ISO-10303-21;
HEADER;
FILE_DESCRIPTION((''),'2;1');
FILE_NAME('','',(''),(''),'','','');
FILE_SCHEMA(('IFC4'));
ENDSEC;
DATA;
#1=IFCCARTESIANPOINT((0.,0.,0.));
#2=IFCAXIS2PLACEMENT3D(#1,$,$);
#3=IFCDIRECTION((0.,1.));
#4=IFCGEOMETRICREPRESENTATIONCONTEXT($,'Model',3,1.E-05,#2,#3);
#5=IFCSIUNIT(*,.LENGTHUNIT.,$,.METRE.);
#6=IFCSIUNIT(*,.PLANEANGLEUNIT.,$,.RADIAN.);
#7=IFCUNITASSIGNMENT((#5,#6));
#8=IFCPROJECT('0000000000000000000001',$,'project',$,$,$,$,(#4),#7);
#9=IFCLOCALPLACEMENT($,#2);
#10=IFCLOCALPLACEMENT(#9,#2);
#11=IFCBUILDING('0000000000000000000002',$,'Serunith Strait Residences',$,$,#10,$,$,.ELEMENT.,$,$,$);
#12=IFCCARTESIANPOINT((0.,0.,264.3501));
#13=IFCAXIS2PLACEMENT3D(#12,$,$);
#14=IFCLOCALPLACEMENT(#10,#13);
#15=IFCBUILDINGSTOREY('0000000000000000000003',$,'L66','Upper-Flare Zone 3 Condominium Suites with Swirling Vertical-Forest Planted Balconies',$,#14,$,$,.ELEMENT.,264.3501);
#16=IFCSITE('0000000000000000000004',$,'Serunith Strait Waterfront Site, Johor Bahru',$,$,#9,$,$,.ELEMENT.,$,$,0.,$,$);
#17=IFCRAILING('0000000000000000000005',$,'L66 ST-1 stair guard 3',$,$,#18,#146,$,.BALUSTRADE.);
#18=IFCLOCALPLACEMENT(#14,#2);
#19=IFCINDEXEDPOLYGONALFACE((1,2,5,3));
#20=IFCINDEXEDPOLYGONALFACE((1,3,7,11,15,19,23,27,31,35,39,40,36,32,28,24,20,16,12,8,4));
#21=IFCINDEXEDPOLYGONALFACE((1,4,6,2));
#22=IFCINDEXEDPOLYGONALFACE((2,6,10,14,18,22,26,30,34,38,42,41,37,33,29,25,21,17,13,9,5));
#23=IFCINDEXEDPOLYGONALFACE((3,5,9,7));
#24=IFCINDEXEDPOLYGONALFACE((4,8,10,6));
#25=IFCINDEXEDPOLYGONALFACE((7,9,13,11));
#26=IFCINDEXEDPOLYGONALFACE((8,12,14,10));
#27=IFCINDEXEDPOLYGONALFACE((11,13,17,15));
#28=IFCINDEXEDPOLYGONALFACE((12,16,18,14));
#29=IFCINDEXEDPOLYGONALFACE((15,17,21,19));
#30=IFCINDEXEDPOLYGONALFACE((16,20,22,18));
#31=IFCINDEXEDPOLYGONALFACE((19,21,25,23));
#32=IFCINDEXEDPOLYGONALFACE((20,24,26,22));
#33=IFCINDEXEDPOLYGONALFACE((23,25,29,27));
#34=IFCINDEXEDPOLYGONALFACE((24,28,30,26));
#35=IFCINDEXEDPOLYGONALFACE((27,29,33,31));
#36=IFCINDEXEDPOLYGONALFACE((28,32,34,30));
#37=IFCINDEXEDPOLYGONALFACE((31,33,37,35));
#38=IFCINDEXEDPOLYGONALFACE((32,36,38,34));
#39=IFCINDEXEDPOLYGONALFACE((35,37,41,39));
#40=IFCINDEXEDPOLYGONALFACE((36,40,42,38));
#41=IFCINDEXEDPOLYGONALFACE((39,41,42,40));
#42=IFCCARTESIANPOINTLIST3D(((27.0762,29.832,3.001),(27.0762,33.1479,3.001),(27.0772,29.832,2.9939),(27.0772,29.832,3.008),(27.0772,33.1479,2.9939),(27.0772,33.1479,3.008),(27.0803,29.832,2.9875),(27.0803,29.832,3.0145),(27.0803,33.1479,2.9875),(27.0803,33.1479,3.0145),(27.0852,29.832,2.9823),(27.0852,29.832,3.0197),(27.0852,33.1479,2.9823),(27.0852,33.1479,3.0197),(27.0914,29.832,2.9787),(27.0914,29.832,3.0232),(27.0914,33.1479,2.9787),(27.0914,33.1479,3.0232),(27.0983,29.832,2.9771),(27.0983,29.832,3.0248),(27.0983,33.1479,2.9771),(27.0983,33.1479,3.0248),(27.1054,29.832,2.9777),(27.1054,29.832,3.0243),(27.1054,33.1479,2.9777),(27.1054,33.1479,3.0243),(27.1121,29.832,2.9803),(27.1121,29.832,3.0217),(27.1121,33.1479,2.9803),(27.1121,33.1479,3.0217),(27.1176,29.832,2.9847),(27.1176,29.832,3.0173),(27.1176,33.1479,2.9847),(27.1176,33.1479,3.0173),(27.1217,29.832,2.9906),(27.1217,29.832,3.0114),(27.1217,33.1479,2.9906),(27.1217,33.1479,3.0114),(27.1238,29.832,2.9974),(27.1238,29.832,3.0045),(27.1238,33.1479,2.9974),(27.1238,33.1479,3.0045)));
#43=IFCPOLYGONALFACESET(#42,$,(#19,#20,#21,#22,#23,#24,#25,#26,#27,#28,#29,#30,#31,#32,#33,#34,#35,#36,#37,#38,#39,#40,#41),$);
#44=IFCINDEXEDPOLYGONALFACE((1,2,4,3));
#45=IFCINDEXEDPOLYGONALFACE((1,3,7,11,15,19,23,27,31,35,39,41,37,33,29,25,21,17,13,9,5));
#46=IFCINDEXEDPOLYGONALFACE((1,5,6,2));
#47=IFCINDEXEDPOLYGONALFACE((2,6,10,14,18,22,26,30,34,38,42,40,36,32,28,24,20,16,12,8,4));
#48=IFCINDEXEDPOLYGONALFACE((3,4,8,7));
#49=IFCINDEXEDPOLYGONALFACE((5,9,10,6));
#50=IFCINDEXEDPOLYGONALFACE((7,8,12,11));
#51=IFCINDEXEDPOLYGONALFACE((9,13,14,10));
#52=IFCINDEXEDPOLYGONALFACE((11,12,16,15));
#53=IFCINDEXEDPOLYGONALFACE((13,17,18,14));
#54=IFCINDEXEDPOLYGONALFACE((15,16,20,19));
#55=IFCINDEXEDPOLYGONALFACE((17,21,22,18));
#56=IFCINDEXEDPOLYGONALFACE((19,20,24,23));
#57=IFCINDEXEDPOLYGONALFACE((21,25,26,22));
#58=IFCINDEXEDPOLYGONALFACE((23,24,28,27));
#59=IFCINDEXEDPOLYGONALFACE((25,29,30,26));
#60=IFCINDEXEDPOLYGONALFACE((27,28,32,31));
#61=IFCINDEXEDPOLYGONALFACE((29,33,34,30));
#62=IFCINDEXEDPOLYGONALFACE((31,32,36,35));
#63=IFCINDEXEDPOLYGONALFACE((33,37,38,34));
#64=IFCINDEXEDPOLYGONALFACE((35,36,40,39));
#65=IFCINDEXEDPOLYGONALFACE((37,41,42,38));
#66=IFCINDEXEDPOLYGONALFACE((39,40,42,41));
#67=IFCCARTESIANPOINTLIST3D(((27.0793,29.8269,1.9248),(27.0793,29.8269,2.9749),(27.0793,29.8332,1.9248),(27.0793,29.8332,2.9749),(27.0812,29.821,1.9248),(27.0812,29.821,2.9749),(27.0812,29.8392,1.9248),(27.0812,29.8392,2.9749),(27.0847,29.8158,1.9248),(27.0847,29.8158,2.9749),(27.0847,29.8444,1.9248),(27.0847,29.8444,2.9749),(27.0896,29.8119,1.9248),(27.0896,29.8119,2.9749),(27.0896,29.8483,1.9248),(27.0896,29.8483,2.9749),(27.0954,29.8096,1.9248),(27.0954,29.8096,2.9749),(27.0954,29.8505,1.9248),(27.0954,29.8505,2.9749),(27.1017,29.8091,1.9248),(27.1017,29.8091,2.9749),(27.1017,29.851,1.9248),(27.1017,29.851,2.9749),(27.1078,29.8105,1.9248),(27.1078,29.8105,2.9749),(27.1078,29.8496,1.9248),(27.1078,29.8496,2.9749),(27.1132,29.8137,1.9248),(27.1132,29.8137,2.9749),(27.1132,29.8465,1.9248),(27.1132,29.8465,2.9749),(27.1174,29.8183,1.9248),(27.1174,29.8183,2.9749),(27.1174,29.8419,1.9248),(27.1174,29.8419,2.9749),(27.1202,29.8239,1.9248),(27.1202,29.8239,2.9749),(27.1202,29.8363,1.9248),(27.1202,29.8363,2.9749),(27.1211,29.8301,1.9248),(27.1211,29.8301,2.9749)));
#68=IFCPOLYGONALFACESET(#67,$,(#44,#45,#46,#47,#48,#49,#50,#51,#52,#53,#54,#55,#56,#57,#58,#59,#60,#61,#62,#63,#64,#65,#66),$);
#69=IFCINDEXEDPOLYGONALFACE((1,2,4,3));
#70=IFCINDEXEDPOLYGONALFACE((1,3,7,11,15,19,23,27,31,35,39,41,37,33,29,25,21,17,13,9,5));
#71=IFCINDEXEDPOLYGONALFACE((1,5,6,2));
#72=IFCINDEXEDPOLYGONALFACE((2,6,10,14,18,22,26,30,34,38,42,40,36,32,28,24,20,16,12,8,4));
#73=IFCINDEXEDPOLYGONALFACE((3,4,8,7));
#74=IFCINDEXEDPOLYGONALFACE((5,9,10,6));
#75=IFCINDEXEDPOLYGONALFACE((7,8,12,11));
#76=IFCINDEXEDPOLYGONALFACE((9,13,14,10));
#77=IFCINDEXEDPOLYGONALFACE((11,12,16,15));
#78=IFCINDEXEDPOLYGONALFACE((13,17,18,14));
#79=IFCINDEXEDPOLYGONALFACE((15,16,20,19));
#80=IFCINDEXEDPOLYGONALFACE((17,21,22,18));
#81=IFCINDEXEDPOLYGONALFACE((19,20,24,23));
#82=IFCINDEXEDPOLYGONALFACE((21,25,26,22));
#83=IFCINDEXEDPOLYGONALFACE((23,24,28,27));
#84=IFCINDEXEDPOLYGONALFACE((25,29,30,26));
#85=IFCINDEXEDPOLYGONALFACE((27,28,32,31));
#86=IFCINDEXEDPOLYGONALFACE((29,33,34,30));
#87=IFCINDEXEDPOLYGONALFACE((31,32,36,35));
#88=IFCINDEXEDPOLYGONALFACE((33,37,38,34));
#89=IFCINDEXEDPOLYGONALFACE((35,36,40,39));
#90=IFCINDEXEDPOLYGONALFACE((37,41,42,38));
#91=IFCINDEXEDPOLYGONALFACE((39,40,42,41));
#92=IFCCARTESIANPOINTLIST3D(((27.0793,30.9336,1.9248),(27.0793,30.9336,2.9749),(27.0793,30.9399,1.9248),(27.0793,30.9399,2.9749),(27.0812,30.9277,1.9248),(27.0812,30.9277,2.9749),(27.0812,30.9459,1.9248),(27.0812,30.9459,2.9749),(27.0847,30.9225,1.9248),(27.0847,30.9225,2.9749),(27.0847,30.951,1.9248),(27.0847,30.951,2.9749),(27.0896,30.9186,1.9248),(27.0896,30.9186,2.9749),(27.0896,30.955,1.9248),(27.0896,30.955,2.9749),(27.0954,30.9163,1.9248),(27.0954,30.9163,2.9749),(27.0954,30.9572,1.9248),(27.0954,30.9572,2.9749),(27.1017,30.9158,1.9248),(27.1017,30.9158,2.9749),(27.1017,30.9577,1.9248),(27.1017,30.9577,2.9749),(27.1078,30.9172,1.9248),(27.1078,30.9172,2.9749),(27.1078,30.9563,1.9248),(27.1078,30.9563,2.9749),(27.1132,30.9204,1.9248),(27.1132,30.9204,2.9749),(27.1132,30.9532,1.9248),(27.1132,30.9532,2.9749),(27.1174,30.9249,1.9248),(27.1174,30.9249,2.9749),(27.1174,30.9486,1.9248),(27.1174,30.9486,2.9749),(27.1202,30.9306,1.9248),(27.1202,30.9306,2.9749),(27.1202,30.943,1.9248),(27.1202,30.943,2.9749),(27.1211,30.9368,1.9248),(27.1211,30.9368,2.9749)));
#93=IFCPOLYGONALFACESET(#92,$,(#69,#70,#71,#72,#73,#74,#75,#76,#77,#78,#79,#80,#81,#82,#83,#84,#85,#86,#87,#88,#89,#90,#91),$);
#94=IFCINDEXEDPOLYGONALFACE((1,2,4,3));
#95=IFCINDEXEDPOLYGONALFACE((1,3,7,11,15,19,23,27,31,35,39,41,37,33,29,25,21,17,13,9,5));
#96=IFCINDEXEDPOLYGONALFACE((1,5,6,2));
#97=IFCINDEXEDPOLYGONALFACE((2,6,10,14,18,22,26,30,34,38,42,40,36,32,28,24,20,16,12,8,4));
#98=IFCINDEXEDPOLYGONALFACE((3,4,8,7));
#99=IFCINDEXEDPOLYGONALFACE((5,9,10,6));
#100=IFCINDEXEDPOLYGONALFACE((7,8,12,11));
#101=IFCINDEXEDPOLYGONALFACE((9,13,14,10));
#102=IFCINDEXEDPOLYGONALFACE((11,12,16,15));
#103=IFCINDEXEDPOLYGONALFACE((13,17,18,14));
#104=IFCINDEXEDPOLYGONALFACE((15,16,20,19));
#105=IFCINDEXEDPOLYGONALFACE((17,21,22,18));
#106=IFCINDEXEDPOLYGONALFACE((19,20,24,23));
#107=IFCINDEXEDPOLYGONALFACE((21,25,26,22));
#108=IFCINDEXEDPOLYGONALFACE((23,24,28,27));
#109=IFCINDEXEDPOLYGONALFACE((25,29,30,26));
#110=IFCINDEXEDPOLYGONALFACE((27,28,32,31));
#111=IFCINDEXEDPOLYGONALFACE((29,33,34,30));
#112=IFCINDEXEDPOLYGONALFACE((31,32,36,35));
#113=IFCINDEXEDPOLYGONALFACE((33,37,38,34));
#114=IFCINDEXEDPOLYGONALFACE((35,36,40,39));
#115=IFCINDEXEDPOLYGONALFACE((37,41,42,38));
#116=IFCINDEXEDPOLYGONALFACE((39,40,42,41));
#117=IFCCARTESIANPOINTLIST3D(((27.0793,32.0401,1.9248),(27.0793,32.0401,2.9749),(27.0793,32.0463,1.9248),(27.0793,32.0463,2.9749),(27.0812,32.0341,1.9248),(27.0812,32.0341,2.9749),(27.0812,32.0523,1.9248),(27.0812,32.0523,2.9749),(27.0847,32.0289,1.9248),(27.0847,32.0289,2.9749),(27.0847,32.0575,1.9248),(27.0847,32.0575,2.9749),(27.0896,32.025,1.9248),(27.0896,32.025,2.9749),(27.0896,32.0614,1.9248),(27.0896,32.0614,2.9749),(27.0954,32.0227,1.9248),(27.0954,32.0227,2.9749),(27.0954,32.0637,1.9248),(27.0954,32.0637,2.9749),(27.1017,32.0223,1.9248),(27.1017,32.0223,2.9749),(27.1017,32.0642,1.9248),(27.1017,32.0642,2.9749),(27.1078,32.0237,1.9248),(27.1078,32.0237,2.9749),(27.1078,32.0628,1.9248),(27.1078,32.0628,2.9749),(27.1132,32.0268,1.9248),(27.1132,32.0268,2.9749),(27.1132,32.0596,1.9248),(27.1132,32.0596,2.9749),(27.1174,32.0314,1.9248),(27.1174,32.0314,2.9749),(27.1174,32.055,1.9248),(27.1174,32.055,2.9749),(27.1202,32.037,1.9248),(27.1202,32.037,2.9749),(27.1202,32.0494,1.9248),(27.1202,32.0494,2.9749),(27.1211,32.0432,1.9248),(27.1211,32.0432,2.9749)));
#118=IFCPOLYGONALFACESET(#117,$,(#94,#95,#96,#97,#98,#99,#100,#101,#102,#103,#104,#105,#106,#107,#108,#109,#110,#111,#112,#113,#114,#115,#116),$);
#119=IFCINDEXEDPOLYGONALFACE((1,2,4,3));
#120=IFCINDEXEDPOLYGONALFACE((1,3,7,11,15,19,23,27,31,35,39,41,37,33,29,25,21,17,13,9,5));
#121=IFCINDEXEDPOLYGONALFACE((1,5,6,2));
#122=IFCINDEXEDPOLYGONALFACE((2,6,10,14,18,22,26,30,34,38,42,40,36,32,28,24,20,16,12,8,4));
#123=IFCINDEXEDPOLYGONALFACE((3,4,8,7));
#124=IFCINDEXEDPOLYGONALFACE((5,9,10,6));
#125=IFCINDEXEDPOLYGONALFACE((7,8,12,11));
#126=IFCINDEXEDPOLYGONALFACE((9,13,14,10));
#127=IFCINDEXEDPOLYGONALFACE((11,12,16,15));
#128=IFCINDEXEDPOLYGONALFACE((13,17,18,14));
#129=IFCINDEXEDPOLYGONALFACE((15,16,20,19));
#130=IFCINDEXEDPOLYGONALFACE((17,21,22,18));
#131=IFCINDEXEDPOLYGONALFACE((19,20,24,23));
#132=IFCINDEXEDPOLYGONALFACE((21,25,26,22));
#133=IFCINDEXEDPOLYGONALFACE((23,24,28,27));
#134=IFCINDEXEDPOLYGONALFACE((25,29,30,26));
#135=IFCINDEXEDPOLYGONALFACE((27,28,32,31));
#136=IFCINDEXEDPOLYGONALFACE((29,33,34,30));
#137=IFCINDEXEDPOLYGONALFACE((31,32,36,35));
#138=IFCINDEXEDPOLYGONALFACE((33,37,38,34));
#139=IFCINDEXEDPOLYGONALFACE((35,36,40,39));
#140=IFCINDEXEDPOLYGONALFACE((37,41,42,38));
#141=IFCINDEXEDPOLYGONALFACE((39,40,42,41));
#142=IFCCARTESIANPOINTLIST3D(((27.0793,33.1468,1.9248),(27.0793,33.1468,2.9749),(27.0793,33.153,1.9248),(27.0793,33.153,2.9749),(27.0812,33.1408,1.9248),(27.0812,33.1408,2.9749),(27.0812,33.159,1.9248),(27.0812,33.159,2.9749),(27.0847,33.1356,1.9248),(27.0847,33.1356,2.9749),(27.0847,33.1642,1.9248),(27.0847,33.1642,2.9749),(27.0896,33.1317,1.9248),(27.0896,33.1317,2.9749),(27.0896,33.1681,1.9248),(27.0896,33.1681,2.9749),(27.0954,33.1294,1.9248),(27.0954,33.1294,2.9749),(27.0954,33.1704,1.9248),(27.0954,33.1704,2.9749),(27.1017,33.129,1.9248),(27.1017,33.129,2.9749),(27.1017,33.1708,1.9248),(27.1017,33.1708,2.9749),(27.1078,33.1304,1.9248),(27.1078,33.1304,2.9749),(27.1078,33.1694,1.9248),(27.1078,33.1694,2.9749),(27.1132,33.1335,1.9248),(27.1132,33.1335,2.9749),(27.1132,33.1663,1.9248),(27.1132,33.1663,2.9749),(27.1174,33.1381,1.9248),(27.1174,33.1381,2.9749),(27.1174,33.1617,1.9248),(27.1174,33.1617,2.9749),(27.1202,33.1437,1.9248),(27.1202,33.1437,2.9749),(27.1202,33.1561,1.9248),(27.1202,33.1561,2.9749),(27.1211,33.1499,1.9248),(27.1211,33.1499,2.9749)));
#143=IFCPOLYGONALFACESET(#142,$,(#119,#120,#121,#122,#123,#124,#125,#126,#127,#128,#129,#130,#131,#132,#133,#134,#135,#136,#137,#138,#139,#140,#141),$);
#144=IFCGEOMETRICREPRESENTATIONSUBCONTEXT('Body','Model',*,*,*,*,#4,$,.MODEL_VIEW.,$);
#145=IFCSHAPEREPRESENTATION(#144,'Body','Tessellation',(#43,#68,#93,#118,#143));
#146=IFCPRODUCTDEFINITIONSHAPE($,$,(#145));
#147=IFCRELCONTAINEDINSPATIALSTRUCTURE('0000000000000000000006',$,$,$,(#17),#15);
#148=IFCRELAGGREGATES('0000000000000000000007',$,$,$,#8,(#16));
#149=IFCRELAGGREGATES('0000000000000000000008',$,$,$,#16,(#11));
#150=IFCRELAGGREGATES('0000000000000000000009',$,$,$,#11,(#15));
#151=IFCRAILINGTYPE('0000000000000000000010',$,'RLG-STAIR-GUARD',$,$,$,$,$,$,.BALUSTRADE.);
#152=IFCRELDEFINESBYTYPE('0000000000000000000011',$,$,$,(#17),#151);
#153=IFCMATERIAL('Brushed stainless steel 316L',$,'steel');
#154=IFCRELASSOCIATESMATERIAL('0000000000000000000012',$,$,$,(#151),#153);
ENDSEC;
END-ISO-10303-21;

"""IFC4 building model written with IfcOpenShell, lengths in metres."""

from ifc_helpers import new_model, si_unit, direction, frame, origin, origin_2d, place, context, subcontext, project, spatial, circle, extrude, material, type_object, element, save


model = new_model("IFC4")

# Units and contexts
model_context = context("Model", 3, precision=1e-05, world=origin(), true_north=direction((0.0, 1.0)))
body_context = subcontext(model_context, "Body", "Model", "MODEL_VIEW")
ifc_project = project(units=[si_unit("LENGTHUNIT", "METRE"), si_unit("PLANEANGLEUNIT", "RADIAN")], contexts=[model_context])

# Site, building, storey
site_placement = place(None, origin())
site = spatial("IfcSite", under=ifc_project, at=site_placement, Name="Serunith Strait Waterfront Site, Johor Bahru", CompositionType="ELEMENT", RefElevation=0.0)
building_placement = place(site_placement, origin())
building = spatial("IfcBuilding", under=site, at=building_placement, Name="Serunith Strait Residences", CompositionType="ELEMENT")
storey_placement = place(building_placement, frame((0.0, 0.0, 264.3501)))
storey = spatial("IfcBuildingStorey", under=building, at=storey_placement, Name="L66", Description="Upper-Flare Zone 3 Condominium Suites with Swirling Vertical-Forest Planted Balconies", CompositionType="ELEMENT", Elevation=264.3501)

# Railing
ifc_material_1 = material(Name="Brushed stainless steel 316L", Category="steel")
railing_type_1 = type_object("IfcRailingType", Name="RLG-STAIR-GUARD", PredefinedType="BALUSTRADE", material=ifc_material_1)
for number, where, name in (
    (1, (27.1001, 29.8301, 1.9248), "L66 ST-1 stair guard 3"),
):
    element("IfcRailing", number, at=place(storey_placement, frame(where)), inside=storey, type_object=railing_type_1, Name=name, PredefinedType="BALUSTRADE", context=body_context, shape_type="SweptSolid", body=[
        extrude(circle(Radius=0.0239, at=origin_2d()), frame((0.0, 0.002, 1.0762), z_axis=(0.0, 1.0, 0.0), x_axis=(-1.0, 0.0, 0.0)), (0.0, 0.0, 1.0), 3.3159),
        extrude(circle(Radius=0.021, at=origin_2d()), origin(), (0.0, 0.0, 1.0), 1.05),
        extrude(circle(Radius=0.021, at=origin_2d()), frame((0.0, 1.1067, 0.0)), (0.0, 0.0, 1.0), 1.05),
        extrude(circle(Radius=0.021, at=origin_2d()), frame((0.0, 2.2131, 0.0)), (0.0, 0.0, 1.0), 1.05),
        extrude(circle(Radius=0.021, at=origin_2d()), frame((0.0, 3.3198, 0.0)), (0.0, 0.0, 1.0), 1.05),
    ])

save(model, "model.ifc")
